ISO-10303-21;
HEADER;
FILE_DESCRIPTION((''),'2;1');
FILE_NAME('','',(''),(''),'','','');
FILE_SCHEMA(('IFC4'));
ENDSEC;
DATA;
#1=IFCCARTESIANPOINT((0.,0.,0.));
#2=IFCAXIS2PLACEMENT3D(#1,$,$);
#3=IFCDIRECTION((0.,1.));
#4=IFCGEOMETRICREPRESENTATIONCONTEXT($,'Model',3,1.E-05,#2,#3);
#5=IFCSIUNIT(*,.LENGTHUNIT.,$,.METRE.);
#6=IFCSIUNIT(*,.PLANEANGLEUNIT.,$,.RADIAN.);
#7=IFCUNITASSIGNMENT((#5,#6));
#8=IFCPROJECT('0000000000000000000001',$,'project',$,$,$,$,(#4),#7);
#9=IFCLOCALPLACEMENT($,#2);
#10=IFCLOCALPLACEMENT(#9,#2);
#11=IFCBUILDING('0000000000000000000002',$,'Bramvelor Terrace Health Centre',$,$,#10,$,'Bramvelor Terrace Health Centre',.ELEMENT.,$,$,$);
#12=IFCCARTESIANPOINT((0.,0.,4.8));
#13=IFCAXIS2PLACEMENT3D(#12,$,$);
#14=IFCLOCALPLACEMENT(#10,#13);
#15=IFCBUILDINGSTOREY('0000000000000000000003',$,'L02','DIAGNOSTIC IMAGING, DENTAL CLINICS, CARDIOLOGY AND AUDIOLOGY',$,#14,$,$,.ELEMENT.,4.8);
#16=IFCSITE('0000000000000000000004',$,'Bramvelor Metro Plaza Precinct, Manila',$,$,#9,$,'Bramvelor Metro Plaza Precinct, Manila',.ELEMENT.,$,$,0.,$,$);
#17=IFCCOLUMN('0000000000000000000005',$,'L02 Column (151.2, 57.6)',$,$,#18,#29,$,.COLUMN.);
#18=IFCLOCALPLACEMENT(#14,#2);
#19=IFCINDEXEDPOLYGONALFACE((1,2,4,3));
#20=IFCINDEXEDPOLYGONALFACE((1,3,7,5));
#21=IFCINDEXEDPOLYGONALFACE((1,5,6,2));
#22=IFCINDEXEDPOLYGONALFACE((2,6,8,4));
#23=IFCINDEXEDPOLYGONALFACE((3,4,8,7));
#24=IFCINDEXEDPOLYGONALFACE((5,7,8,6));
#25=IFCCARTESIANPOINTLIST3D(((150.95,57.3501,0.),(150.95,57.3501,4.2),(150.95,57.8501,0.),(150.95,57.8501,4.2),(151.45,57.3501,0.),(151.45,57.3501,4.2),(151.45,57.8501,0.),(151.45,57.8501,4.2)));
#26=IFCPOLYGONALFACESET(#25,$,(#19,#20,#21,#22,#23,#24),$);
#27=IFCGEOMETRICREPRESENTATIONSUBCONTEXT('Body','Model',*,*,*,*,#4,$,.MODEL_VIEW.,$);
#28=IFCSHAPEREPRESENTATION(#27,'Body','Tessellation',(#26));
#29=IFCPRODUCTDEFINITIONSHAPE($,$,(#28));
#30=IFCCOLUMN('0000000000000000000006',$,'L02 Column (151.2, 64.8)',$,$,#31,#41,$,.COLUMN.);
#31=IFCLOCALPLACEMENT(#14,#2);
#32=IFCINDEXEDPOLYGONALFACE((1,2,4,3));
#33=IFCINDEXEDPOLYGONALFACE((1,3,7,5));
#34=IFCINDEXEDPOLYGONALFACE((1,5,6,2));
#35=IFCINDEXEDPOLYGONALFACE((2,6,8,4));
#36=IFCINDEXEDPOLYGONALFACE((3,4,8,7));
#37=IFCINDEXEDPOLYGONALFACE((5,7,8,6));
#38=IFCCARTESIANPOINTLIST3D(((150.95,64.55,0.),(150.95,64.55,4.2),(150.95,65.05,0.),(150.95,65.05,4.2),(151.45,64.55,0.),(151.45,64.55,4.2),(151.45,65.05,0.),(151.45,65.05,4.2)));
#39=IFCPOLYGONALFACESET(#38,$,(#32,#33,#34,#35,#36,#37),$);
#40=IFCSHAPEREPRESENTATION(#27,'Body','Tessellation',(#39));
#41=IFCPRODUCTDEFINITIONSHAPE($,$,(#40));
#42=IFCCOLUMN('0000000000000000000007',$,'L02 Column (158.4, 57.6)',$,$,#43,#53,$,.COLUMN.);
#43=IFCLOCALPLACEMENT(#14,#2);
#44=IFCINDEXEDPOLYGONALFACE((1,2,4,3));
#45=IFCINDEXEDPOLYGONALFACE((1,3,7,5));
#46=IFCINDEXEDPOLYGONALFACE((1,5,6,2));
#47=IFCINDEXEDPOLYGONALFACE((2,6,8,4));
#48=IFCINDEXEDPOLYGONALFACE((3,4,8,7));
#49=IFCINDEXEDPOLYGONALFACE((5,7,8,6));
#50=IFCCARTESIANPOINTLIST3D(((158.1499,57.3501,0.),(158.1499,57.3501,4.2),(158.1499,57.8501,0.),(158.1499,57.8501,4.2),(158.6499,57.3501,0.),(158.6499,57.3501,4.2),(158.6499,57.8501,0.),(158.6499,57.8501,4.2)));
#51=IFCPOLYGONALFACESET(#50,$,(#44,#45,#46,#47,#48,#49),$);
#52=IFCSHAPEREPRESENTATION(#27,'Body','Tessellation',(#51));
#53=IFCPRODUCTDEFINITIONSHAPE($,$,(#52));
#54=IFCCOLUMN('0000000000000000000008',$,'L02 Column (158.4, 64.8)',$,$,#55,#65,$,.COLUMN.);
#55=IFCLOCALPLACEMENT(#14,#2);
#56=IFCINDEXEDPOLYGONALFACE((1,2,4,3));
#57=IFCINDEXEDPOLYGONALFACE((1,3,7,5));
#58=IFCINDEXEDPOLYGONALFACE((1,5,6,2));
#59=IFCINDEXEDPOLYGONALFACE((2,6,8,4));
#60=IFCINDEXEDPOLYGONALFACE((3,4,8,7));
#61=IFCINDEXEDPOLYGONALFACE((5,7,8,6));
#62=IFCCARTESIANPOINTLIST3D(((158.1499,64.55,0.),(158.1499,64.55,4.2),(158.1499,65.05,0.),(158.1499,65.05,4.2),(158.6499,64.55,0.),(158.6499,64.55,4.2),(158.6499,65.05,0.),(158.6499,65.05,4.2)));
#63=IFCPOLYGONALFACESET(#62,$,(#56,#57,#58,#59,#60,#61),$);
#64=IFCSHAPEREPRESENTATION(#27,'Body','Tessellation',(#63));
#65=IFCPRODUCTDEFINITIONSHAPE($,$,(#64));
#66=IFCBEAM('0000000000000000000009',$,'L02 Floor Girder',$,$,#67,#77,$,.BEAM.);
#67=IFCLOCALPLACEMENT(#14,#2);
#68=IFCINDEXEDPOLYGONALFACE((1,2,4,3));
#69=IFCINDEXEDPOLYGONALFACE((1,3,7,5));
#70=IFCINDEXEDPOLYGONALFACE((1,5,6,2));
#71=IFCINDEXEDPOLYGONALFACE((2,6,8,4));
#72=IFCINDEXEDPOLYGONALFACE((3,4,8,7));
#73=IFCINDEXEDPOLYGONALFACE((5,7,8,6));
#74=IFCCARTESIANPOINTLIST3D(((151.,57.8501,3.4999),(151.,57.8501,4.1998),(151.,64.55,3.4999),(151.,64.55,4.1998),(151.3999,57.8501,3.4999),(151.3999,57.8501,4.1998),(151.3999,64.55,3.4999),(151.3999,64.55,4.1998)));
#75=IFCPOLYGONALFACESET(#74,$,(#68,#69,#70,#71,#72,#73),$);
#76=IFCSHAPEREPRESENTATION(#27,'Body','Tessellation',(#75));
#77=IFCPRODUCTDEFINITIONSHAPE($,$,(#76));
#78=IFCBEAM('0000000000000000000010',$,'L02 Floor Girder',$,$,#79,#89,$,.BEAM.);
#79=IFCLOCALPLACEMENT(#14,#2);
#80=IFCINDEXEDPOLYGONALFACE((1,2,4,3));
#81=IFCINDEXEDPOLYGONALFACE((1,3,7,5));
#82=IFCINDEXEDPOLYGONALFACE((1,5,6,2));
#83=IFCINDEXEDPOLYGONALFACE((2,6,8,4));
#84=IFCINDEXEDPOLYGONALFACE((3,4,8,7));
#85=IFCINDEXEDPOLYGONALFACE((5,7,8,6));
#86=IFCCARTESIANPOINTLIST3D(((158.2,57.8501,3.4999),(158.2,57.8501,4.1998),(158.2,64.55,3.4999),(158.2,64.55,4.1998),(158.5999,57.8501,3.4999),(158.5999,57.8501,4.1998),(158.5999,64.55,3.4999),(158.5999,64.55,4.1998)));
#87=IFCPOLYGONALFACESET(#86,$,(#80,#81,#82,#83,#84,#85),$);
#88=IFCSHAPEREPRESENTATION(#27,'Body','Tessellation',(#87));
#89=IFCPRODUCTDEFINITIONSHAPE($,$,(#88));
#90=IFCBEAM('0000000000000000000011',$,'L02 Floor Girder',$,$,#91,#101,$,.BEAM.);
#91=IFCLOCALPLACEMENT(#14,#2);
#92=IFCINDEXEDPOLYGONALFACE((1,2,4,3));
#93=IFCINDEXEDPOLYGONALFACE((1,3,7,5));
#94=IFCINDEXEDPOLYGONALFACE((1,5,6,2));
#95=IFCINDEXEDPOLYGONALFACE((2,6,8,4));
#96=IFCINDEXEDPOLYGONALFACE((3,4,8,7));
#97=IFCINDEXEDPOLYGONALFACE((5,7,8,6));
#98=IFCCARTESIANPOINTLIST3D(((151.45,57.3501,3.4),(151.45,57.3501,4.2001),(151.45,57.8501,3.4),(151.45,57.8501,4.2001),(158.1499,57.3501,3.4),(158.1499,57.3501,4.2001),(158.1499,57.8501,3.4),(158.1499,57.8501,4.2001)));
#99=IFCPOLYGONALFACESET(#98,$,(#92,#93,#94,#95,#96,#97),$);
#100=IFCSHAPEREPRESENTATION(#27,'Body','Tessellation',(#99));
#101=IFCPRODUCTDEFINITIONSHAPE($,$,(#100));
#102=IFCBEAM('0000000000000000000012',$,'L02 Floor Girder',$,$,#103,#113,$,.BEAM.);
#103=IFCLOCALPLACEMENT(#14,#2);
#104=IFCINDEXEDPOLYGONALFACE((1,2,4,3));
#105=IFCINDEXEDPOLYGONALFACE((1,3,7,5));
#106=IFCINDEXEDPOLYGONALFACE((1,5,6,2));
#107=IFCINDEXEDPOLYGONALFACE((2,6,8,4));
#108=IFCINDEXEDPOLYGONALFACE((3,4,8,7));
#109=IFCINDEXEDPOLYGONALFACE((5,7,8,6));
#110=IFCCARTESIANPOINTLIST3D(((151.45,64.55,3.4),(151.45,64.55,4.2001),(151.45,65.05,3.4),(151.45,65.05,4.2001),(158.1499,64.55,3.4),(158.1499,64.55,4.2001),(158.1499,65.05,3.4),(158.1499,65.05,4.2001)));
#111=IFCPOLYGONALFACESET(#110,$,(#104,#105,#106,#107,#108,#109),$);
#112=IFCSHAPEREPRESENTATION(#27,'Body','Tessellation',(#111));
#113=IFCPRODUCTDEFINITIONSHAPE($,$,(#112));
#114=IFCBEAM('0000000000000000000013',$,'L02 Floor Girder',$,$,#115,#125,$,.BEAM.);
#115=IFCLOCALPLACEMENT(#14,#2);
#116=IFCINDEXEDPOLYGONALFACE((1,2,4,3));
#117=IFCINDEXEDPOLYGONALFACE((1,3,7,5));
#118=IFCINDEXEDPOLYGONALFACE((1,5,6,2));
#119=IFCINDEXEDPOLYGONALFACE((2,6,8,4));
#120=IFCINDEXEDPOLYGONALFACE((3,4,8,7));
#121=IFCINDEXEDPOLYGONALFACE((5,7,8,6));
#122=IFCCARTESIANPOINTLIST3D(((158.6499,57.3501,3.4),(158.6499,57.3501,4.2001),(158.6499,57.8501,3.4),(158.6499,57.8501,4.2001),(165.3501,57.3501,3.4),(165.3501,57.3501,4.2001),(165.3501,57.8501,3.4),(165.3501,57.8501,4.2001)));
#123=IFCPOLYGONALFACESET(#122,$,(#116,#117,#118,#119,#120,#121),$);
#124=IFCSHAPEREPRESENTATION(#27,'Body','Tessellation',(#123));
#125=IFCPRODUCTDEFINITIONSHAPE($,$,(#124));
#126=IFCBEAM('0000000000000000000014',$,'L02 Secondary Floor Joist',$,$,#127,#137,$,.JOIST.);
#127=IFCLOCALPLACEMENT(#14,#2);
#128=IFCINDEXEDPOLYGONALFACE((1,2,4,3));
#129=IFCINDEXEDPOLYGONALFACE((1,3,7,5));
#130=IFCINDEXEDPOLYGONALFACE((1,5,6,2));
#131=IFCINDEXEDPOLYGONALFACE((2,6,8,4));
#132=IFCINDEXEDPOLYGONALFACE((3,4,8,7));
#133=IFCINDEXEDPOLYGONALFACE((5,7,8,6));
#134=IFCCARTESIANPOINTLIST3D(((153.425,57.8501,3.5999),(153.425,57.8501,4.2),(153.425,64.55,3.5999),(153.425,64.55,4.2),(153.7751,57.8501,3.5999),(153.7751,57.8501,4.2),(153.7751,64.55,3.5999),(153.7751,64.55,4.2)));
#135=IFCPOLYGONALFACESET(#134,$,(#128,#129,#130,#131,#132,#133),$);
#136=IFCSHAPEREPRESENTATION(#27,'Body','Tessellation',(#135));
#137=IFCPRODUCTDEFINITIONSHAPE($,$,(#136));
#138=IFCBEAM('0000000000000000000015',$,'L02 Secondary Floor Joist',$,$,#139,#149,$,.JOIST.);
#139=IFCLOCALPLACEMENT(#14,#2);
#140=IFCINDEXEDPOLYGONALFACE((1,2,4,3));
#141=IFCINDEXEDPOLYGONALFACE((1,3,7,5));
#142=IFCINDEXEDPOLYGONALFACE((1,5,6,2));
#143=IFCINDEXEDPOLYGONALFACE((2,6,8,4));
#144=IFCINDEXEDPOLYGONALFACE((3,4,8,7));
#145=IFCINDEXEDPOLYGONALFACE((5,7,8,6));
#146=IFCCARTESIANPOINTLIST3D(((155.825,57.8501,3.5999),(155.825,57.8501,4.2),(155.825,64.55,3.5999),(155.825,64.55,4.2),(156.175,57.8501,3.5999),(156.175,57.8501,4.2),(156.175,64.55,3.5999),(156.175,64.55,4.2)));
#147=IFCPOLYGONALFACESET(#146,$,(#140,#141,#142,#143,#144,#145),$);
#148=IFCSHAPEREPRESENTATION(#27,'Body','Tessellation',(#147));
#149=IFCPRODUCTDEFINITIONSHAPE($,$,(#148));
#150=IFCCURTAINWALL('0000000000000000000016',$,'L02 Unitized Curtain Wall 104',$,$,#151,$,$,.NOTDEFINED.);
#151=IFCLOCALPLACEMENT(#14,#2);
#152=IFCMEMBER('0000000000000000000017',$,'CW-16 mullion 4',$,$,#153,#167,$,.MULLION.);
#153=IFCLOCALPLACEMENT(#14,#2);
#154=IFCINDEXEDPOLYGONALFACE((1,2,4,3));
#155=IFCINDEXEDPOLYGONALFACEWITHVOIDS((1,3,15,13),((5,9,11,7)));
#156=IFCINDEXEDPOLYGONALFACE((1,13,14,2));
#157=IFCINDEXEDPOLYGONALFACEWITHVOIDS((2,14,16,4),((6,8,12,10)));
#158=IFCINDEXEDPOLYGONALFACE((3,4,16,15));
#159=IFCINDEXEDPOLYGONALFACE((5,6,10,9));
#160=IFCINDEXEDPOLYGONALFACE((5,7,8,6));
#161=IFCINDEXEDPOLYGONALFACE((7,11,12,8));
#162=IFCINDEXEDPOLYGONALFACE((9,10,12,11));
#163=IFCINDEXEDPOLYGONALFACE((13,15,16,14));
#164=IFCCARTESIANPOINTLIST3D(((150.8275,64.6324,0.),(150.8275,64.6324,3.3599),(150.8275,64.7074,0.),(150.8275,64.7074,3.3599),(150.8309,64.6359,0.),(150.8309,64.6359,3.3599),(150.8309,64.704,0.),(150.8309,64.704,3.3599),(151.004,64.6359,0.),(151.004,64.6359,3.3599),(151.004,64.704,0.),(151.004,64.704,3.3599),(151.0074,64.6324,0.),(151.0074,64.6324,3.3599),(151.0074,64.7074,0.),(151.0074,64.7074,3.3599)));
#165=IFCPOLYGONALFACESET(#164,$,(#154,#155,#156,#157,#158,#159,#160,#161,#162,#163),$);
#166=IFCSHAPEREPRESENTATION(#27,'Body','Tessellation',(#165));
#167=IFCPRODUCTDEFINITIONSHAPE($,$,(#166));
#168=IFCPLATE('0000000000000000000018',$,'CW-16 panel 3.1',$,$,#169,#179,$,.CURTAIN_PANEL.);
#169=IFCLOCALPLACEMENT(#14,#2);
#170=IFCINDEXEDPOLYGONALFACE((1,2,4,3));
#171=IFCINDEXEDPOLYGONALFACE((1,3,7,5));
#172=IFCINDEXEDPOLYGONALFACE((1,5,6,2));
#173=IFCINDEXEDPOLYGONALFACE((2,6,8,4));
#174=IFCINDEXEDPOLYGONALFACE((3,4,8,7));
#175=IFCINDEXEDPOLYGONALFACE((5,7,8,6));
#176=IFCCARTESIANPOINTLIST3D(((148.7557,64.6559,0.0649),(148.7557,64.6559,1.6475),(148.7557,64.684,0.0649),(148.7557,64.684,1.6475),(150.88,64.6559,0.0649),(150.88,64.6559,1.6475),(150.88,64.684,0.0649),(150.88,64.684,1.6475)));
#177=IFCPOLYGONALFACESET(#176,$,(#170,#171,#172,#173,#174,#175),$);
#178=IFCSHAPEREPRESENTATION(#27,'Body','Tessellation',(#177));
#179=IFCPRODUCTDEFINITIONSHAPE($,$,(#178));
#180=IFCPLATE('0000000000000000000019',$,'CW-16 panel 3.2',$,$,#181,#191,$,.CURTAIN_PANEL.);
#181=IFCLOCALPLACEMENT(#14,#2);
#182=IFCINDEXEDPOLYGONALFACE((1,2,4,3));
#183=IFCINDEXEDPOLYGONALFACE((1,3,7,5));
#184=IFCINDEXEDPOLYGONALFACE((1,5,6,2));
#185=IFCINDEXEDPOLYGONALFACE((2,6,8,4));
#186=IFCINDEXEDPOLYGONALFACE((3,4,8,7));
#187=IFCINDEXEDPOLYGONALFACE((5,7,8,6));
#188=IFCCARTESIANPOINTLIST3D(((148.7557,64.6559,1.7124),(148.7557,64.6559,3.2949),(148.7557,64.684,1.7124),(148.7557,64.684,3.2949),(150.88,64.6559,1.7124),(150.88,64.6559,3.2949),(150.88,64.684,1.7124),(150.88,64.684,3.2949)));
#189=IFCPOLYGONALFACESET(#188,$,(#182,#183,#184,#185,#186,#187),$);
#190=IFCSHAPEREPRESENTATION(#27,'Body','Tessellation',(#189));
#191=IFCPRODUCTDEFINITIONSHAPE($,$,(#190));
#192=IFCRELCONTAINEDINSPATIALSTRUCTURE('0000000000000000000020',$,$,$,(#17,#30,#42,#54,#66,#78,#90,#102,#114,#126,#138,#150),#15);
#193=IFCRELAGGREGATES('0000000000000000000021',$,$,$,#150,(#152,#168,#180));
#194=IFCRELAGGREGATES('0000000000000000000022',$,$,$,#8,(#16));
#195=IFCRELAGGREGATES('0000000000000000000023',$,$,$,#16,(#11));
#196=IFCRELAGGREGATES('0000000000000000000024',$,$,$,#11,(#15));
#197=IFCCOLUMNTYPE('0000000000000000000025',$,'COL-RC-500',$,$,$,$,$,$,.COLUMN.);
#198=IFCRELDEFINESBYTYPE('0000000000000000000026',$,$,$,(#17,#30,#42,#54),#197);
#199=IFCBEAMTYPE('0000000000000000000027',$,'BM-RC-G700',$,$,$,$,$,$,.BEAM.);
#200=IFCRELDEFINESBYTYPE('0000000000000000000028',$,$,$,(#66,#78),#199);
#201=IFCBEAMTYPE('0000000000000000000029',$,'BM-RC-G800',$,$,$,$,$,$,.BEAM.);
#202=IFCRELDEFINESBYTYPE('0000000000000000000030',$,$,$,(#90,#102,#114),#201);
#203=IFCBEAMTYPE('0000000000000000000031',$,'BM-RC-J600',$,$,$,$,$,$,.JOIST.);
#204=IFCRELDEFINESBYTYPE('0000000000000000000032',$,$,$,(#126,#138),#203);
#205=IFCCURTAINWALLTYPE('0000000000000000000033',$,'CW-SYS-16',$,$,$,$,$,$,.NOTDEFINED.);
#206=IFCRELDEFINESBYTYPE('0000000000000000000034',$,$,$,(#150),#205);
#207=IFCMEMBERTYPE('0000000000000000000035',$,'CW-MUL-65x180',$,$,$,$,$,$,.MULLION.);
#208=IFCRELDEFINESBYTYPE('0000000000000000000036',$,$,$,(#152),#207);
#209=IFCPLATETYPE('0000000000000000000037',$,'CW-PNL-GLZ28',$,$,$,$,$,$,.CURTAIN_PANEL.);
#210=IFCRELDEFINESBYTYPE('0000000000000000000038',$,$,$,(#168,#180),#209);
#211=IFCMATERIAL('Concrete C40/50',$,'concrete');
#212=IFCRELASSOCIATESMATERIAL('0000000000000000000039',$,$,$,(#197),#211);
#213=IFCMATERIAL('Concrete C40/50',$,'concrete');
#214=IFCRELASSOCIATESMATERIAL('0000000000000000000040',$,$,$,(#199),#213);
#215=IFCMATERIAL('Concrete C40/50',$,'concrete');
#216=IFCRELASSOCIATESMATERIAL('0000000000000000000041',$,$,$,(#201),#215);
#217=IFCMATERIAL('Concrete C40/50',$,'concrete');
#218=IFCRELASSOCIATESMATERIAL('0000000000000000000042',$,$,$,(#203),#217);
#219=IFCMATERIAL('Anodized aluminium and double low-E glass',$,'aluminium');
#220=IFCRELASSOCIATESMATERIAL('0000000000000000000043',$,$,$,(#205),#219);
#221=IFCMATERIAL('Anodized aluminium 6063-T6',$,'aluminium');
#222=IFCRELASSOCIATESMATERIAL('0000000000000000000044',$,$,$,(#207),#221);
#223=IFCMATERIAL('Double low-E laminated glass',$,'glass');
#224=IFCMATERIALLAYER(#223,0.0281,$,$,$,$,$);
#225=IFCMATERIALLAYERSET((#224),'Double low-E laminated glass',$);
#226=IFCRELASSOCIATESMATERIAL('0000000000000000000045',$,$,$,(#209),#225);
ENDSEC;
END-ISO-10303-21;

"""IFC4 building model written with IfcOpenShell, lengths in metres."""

from ifc_helpers import new_model, si_unit, direction, frame, origin, origin_2d, place, context, subcontext, project, spatial, rectangle, hollow_rectangle, extrude, material, layer, layer_set, material_profile, profile_set, type_object, element, aggregate, save


model = new_model("IFC4")

# Units and contexts
model_context = context("Model", 3, precision=1e-05, world=origin(), true_north=direction((0.0, 1.0)))
body_context = subcontext(model_context, "Body", "Model", "MODEL_VIEW")
ifc_project = project(units=[si_unit("LENGTHUNIT", "METRE"), si_unit("PLANEANGLEUNIT", "RADIAN")], contexts=[model_context])

# Site, building, storey
site_placement = place(None, origin())
site = spatial("IfcSite", under=ifc_project, at=site_placement, Name="Bramvelor Metro Plaza Precinct, Manila", LongName="Bramvelor Metro Plaza Precinct, Manila", CompositionType="ELEMENT", RefElevation=0.0)
building_placement = place(site_placement, origin())
building = spatial("IfcBuilding", under=site, at=building_placement, Name="Bramvelor Terrace Health Centre", LongName="Bramvelor Terrace Health Centre", CompositionType="ELEMENT")
storey_placement = place(building_placement, frame((0.0, 0.0, 4.8)))
storey = spatial("IfcBuildingStorey", under=building, at=storey_placement, Name="L02", Description="DIAGNOSTIC IMAGING, DENTAL CLINICS, CARDIOLOGY AND AUDIOLOGY", CompositionType="ELEMENT", Elevation=4.8)

# Columns
ifc_material_1 = material(Name="Concrete C40/50", Category="concrete")
ifc_material_profile_1 = material_profile(ifc_material_1, rectangle(XDim=0.5, YDim=0.5, at=origin_2d()), Name="RC 500x500")
ifc_profile_set_1 = profile_set([ifc_material_profile_1], Name="Concrete C40/50")
column_type = type_object("IfcColumnType", Name="COL-RC-500", PredefinedType="COLUMN", material=ifc_profile_set_1)
for number, where, z_axis, x_axis, name in (
    (1, (151.2, 57.6001, 0.0), (0.0, 0.0, 1.0), (1.0, 0.0, 0.0), "L02 Column (151.2, 57.6)"),
    (2, (151.2, 64.8, 0.0), (0.0, 0.0, 1.0), (1.0, 0.0, 0.0), "L02 Column (151.2, 64.8)"),
    (3, (158.3999, 57.6001, 0.0), (0.0, 0.0, 1.0), (1.0, 0.0, 0.0), "L02 Column (158.4, 57.6)"),
    (4, (158.3999, 64.8, 0.0), (0.0, 0.0, 1.0), (1.0, 0.0, 0.0), "L02 Column (158.4, 64.8)"),
):
    element("IfcColumn", number, at=place(storey_placement, frame(where, z_axis=z_axis, x_axis=x_axis)), inside=storey, type_object=column_type, Name=name, PredefinedType="COLUMN", context=body_context, shape_type="SweptSolid", body=[
        extrude(rectangle(XDim=0.5, YDim=0.5, at=origin_2d()), origin(), (0.0, 0.0, 1.0), 4.2),
    ])

# Beams
ifc_material_2 = material(Name="Concrete C40/50", Category="concrete")
ifc_material_profile_2 = material_profile(ifc_material_2, rectangle(XDim=0.3999, YDim=0.7, at=origin_2d()), Name="RC 400x700")
ifc_profile_set_2 = profile_set([ifc_material_profile_2], Name="Concrete C40/50")
beam_type_1 = type_object("IfcBeamType", Name="BM-RC-G700", PredefinedType="BEAM", material=ifc_profile_set_2)
for number, where, z_axis, x_axis, name in (
    (5, (151.2, 57.8501, 3.8499), (0.0, 1.0, 0.0), (-1.0, 0.0, 0.0), "L02 Floor Girder"),
    (6, (158.3999, 57.8501, 3.8499), (0.0, 1.0, 0.0), (-1.0, 0.0, 0.0), "L02 Floor Girder"),
):
    element("IfcBeam", number, at=place(storey_placement, frame(where, z_axis=z_axis, x_axis=x_axis)), inside=storey, type_object=beam_type_1, Name=name, PredefinedType="BEAM", context=body_context, shape_type="SweptSolid", body=[
        extrude(rectangle(XDim=0.3999, YDim=0.7, at=origin_2d()), origin(), (0.0, 0.0, 1.0), 6.7),
    ])
ifc_material_3 = material(Name="Concrete C40/50", Category="concrete")
ifc_material_profile_3 = material_profile(ifc_material_3, rectangle(XDim=0.5, YDim=0.8, at=origin_2d()), Name="RC 500x800")
ifc_profile_set_3 = profile_set([ifc_material_profile_3], Name="Concrete C40/50")
beam_type_2 = type_object("IfcBeamType", Name="BM-RC-G800", PredefinedType="BEAM", material=ifc_profile_set_3)
for number, where, z_axis, x_axis, name in (
    (7, (151.45, 57.6001, 3.8), (1.0, 0.0, 0.0), (0.0, 1.0, 0.0), "L02 Floor Girder"),
    (8, (151.45, 64.8, 3.8), (1.0, 0.0, 0.0), (0.0, 1.0, 0.0), "L02 Floor Girder"),
):
    element("IfcBeam", number, at=place(storey_placement, frame(where, z_axis=z_axis, x_axis=x_axis)), inside=storey, type_object=beam_type_2, Name=name, PredefinedType="BEAM", context=body_context, shape_type="SweptSolid", body=[
        extrude(rectangle(XDim=0.5, YDim=0.8, at=origin_2d()), origin(), (0.0, 0.0, 1.0), 6.7),
    ])
beam_placement = place(storey_placement, frame((158.6499, 57.6001, 3.8), z_axis=(1.0, 0.0, 0.0), x_axis=(0.0, 1.0, 0.0)))
element("IfcBeam", 9, at=beam_placement, inside=storey, type_object=beam_type_2, Name="L02 Floor Girder", PredefinedType="BEAM", context=body_context, shape_type="SweptSolid", body=[
    extrude(rectangle(XDim=0.5, YDim=0.8, at=origin_2d()), origin(), (0.0, 0.0, 1.0), 6.7002),
])
ifc_material_4 = material(Name="Concrete C40/50", Category="concrete")
ifc_material_profile_4 = material_profile(ifc_material_4, rectangle(XDim=0.3501, YDim=0.6001, at=origin_2d()), Name="RC 350x600")
ifc_profile_set_4 = profile_set([ifc_material_profile_4], Name="Concrete C40/50")
beam_type_3 = type_object("IfcBeamType", Name="BM-RC-J600", PredefinedType="JOIST", material=ifc_profile_set_4)
for number, where, z_axis, x_axis, name in (
    (10, (153.6001, 57.8501, 3.8999), (0.0, 1.0, 0.0), (-1.0, 0.0, 0.0), "L02 Secondary Floor Joist"),
    (11, (156.0, 57.8501, 3.8999), (0.0, 1.0, 0.0), (-1.0, 0.0, 0.0), "L02 Secondary Floor Joist"),
):
    element("IfcBeam", number, at=place(storey_placement, frame(where, z_axis=z_axis, x_axis=x_axis)), inside=storey, type_object=beam_type_3, Name=name, PredefinedType="JOIST", context=body_context, shape_type="SweptSolid", body=[
        extrude(rectangle(XDim=0.3501, YDim=0.6001, at=origin_2d()), origin(), (0.0, 0.0, 1.0), 6.7),
    ])

# Curtain wall, member, plates
ifc_material_5 = material(Name="Anodized aluminium and double low-E glass", Category="aluminium")
curtain_wall_type = type_object("IfcCurtainWallType", Name="CW-SYS-16", PredefinedType="NOTDEFINED", material=ifc_material_5)
curtain_wall_placement = place(storey_placement, origin())
curtain_wall = element("IfcCurtainWall", 12, at=curtain_wall_placement, inside=storey, type_object=curtain_wall_type, Name="L02 Unitized Curtain Wall 104", PredefinedType="NOTDEFINED")
ifc_material_6 = material(Name="Anodized aluminium 6063-T6", Category="aluminium")
ifc_material_profile_5 = material_profile(ifc_material_6, hollow_rectangle(XDim=0.075, YDim=0.1799, WallThickness=0.0034, at=origin_2d()), Name="ALU-MUL 75x180x3.5")
ifc_profile_set_5 = profile_set([ifc_material_profile_5], Name="Anodized aluminium 6063-T6")
member_type = type_object("IfcMemberType", Name="CW-MUL-65x180", PredefinedType="MULLION", material=ifc_profile_set_5)
member_placement = place(storey_placement, frame((150.9175, 64.6699, 0.0), z_axis=(0.0, 0.0, 1.0), x_axis=(0.0, 1.0, 0.0)))
member = element("IfcMember", 13, at=member_placement, type_object=member_type, Name="CW-16 mullion 4", PredefinedType="MULLION", context=body_context, shape_type="SweptSolid", body=[
    extrude(hollow_rectangle(XDim=0.075, YDim=0.1799, WallThickness=0.0034, at=origin_2d()), origin(), (0.0, 0.0, 1.0), 3.3599),
])
ifc_material_7 = material(Name="Double low-E laminated glass", Category="glass")
ifc_layer_1 = layer(ifc_material_7, 0.0281)
ifc_layer_set_1 = layer_set([ifc_layer_1], Name="Double low-E laminated glass")
plate_type = type_object("IfcPlateType", Name="CW-PNL-GLZ28", PredefinedType="CURTAIN_PANEL", material=ifc_layer_set_1)
plate_1_placement = place(storey_placement, frame((149.8179, 64.6699, 0.0649), z_axis=(0.0, 0.0, 1.0), x_axis=(1.0, 0.0, 0.0)))
plate_1 = element("IfcPlate", 14, at=plate_1_placement, type_object=plate_type, Name="CW-16 panel 3.1", PredefinedType="CURTAIN_PANEL", context=body_context, shape_type="SweptSolid", body=[
    extrude(rectangle(XDim=2.1243, YDim=0.0281, at=origin_2d()), origin(), (0.0, 0.0, 1.0), 1.5825),
])
plate_2_placement = place(storey_placement, frame((149.8179, 64.6699, 1.7124), z_axis=(0.0, 0.0, 1.0), x_axis=(1.0, 0.0, 0.0)))
plate_2 = element("IfcPlate", 15, at=plate_2_placement, type_object=plate_type, Name="CW-16 panel 3.2", PredefinedType="CURTAIN_PANEL", context=body_context, shape_type="SweptSolid", body=[
    extrude(rectangle(XDim=2.1243, YDim=0.0281, at=origin_2d()), origin(), (0.0, 0.0, 1.0), 1.5825),
])
aggregate(curtain_wall, [member, plate_1, plate_2])

save(model, "model.ifc")
